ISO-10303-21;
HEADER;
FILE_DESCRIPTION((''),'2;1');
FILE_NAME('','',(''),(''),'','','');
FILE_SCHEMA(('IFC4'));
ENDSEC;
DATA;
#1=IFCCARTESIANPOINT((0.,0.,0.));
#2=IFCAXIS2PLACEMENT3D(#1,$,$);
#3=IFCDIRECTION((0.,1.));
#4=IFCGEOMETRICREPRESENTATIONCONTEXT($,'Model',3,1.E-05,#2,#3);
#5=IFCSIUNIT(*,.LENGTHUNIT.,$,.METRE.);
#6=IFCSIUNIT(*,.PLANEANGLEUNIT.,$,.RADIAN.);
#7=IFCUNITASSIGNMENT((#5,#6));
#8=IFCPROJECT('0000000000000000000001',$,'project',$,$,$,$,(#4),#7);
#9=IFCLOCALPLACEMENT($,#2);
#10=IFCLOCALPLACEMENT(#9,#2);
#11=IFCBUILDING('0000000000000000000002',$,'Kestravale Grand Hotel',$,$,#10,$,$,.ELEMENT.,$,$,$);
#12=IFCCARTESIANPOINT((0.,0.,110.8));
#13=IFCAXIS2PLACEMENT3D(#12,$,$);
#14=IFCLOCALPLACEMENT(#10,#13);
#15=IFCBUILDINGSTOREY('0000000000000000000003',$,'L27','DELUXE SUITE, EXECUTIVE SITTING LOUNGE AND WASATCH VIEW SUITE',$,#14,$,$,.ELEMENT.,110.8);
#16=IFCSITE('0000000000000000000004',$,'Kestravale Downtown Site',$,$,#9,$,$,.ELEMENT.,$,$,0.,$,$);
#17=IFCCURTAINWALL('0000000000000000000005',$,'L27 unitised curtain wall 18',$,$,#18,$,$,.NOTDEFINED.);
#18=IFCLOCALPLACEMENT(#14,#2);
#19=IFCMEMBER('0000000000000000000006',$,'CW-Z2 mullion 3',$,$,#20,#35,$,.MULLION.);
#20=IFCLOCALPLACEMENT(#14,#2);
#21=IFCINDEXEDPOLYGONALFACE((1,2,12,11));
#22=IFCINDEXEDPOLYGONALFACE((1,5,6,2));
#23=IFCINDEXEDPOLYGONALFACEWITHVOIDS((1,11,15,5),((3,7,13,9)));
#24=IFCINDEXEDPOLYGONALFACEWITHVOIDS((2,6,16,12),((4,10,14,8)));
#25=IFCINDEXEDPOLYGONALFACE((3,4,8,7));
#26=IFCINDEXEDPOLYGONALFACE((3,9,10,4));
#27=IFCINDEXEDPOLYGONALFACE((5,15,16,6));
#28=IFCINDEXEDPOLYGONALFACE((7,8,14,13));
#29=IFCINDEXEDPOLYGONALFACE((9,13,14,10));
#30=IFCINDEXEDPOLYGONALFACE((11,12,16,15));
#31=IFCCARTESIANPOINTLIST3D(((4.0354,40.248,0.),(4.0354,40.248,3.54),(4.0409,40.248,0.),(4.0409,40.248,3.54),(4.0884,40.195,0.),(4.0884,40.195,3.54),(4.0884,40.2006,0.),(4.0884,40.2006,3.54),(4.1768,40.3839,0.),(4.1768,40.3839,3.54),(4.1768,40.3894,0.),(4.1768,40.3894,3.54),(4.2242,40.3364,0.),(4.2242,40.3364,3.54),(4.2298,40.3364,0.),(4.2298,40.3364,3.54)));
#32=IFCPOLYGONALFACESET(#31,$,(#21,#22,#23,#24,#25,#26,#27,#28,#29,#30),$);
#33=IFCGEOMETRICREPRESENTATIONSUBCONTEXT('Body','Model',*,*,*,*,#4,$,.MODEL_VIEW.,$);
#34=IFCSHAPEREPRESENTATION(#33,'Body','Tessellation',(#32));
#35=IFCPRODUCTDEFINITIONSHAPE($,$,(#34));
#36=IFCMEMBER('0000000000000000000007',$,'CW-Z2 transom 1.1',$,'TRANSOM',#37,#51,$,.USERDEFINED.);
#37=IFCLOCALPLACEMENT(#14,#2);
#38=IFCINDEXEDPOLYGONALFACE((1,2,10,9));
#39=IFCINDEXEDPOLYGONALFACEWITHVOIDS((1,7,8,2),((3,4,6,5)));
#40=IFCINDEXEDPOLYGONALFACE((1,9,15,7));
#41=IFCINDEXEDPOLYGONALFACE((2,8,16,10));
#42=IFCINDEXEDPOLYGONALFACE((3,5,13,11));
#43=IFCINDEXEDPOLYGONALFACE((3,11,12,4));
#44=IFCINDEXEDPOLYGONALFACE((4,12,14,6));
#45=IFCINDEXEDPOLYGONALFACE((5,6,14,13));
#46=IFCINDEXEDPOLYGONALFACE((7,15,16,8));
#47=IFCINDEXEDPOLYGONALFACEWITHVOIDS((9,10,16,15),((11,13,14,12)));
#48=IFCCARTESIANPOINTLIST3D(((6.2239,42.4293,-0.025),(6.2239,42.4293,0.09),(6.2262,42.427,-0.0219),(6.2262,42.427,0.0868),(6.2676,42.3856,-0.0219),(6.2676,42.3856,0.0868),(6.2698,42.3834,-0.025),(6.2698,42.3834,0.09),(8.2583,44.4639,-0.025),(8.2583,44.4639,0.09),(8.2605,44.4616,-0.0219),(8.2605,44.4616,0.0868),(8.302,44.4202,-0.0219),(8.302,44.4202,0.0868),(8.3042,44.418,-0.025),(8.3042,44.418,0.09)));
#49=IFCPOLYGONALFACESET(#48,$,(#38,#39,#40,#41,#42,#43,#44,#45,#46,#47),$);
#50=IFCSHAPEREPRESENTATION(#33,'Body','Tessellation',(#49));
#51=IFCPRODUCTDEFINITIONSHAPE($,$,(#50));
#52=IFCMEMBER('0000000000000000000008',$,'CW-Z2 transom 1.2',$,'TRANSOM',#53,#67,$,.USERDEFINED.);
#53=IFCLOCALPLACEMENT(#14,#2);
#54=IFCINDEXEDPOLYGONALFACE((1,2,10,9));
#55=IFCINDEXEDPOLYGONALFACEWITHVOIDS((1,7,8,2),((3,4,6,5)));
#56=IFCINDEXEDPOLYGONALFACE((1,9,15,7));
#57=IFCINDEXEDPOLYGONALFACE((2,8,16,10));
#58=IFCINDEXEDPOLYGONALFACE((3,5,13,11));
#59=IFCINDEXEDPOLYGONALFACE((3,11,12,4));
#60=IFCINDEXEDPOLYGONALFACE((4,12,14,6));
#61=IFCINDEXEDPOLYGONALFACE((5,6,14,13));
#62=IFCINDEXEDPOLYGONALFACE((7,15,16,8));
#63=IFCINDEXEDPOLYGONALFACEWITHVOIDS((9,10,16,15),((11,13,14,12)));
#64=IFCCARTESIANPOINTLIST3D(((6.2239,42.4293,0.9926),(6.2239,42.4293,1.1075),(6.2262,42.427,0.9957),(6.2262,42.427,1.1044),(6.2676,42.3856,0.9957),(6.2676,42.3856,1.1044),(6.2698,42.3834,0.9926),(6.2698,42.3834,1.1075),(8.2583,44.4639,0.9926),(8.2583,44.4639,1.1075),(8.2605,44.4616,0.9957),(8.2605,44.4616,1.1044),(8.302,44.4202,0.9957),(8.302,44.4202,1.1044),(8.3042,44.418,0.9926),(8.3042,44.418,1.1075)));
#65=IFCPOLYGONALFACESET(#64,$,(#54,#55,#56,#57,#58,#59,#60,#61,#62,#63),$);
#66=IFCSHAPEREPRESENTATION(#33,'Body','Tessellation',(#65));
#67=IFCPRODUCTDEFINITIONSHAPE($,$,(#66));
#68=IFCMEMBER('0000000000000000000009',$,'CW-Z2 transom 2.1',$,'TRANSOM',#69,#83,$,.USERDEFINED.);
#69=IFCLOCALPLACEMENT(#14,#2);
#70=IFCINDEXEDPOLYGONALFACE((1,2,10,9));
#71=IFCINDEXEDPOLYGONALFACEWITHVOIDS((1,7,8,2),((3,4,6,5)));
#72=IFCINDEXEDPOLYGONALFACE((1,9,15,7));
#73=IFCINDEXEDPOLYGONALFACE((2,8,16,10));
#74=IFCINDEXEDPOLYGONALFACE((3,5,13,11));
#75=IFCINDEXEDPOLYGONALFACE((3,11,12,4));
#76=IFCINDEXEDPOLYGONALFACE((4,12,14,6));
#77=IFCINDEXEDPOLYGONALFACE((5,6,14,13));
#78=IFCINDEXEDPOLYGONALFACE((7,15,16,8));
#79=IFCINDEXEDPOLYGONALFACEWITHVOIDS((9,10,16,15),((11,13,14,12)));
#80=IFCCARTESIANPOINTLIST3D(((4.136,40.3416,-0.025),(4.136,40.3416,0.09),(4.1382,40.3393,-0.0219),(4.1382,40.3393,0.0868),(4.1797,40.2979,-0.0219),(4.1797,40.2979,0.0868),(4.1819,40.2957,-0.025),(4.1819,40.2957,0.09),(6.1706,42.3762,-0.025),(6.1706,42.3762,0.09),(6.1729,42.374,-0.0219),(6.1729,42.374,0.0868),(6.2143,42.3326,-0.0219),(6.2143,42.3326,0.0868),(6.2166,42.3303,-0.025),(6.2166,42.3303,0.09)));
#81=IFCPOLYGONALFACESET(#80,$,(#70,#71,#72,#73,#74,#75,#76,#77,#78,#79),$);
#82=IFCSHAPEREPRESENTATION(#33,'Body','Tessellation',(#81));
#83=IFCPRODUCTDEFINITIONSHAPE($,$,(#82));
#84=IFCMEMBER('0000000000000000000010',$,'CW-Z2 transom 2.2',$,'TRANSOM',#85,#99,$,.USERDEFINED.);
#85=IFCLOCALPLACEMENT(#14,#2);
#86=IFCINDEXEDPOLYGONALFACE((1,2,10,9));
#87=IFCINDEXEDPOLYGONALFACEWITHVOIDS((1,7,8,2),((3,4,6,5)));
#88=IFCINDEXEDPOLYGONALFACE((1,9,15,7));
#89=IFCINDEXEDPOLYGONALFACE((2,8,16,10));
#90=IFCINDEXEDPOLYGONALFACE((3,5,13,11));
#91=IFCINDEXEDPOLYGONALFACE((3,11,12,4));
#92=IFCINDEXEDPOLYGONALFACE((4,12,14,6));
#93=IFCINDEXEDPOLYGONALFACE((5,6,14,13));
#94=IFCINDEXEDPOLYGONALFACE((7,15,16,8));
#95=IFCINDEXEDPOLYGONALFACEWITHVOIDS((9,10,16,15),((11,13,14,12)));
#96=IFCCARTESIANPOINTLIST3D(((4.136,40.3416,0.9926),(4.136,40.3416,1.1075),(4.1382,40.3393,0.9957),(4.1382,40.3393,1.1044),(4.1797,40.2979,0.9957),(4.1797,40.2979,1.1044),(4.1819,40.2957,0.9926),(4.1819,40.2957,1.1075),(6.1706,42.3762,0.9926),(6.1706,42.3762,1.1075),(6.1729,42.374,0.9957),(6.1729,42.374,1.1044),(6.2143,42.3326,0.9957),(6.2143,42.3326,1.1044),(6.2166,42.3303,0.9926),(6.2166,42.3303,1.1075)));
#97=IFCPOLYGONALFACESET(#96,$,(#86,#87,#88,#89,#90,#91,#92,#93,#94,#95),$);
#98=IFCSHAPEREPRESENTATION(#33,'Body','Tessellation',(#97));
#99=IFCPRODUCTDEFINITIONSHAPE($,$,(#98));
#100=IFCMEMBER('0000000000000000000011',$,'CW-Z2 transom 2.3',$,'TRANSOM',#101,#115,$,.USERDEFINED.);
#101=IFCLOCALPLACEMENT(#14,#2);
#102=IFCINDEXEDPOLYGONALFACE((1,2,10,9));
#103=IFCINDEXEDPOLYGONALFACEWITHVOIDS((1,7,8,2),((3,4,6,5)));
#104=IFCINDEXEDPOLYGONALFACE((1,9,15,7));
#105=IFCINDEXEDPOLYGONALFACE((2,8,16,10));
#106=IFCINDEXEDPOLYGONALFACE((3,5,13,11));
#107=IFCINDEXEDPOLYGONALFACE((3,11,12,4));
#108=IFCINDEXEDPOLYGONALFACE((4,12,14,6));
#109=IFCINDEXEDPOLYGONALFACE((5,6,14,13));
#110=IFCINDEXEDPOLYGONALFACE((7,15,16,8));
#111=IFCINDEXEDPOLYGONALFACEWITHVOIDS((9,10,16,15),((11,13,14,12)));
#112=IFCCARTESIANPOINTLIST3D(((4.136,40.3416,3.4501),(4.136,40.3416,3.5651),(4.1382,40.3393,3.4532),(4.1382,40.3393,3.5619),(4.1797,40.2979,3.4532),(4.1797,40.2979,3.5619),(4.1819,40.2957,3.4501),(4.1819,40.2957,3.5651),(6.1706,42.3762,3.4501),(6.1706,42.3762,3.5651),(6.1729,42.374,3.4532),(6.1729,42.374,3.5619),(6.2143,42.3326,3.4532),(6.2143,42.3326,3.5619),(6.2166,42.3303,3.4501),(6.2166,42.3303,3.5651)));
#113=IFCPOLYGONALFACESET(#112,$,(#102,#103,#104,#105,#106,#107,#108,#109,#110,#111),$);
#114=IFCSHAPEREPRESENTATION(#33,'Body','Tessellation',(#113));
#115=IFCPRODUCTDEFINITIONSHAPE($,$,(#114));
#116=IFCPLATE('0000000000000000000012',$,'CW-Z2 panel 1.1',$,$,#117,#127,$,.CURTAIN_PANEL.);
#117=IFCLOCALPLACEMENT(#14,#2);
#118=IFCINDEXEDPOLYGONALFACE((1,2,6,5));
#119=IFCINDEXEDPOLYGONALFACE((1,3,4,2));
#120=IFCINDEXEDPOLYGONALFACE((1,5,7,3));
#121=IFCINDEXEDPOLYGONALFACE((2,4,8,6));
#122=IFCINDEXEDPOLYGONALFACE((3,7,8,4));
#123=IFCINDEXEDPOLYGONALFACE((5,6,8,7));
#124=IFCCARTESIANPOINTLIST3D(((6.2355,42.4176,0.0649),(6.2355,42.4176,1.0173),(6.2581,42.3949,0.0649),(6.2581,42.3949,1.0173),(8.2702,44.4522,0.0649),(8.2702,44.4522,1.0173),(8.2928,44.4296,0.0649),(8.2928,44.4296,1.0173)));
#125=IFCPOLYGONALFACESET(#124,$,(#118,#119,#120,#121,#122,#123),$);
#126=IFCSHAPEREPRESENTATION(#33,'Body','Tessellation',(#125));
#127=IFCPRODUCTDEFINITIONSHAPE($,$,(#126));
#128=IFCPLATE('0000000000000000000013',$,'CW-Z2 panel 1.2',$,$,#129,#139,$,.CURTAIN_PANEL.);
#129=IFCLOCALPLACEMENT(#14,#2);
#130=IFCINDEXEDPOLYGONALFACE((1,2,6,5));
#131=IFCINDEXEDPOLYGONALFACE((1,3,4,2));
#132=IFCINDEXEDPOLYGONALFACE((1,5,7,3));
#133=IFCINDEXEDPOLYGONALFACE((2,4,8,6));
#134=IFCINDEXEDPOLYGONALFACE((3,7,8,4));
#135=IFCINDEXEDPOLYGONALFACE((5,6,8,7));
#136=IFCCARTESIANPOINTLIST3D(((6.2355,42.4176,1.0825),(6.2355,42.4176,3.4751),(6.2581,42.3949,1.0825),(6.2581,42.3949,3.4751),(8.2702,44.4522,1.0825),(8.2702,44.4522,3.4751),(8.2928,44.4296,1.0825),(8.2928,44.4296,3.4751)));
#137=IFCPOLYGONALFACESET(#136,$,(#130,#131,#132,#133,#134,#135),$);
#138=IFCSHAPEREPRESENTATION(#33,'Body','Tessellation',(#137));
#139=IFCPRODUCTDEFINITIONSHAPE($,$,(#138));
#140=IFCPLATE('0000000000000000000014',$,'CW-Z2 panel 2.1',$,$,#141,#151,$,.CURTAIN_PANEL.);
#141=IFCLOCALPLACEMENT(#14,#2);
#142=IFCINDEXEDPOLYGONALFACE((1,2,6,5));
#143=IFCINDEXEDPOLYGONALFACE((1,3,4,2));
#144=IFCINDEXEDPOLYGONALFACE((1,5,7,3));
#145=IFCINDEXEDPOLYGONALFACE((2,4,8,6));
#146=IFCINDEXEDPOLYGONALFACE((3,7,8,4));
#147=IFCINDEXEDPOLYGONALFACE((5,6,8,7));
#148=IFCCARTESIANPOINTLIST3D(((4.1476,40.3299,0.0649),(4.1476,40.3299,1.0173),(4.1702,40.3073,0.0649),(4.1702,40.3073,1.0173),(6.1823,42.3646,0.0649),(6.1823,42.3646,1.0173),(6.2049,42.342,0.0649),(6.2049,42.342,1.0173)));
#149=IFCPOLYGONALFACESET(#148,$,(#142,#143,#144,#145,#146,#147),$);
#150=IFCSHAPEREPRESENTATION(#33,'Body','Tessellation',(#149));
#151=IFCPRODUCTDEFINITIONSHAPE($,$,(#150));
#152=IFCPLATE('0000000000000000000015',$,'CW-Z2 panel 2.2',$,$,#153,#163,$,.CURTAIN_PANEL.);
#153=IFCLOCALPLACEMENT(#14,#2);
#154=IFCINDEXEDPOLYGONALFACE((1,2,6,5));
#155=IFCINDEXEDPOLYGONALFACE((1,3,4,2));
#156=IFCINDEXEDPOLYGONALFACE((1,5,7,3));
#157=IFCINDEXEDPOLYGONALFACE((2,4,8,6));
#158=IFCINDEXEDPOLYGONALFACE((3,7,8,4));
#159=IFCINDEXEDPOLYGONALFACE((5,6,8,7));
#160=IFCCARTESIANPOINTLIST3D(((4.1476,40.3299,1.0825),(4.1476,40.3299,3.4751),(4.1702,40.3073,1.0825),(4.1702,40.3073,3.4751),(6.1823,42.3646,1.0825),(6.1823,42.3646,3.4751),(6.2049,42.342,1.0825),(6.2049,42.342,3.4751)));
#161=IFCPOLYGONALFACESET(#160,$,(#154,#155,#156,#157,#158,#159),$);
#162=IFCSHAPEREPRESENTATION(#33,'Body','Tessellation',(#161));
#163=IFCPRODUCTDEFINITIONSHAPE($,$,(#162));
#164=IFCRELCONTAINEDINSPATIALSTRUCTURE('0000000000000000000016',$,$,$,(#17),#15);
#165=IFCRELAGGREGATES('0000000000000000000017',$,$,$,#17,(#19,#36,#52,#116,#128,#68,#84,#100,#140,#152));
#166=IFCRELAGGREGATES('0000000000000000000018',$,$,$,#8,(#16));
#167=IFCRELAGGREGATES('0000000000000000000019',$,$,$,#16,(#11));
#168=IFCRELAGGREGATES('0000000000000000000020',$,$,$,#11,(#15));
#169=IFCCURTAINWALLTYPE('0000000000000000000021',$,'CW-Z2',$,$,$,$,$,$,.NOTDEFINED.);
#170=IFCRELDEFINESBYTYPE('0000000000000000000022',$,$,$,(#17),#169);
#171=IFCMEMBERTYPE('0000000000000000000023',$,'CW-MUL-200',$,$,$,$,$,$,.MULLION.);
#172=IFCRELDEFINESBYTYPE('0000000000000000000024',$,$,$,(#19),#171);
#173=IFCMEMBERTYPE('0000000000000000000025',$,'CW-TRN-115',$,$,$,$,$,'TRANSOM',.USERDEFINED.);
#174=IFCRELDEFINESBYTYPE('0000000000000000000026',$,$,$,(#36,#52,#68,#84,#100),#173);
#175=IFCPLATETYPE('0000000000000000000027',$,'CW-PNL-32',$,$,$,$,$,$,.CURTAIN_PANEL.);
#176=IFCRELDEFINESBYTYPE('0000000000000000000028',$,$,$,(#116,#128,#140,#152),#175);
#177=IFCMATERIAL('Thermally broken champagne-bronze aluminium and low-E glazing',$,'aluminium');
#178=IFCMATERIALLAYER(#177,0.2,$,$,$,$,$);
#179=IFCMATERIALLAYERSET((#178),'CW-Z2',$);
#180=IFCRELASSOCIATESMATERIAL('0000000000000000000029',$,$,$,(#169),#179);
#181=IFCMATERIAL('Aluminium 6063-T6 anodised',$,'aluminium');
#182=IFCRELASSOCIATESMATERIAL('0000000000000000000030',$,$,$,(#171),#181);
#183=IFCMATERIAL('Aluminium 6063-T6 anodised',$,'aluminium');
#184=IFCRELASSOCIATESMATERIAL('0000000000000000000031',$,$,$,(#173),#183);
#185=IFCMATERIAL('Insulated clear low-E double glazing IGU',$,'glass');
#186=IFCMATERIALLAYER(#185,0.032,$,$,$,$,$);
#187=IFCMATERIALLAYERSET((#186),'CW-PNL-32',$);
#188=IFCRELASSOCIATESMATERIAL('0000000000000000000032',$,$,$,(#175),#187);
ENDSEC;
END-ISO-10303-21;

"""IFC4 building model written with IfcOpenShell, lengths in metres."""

from ifc_helpers import new_model, si_unit, direction, frame, origin, origin_2d, place, context, subcontext, project, spatial, rectangle, hollow_rectangle, extrude, material, layer, layer_set, material_profile, profile_set, type_object, element, aggregate, save


model = new_model("IFC4")

# Units and contexts
model_context = context("Model", 3, precision=1e-05, world=origin(), true_north=direction((0.0, 1.0)))
body_context = subcontext(model_context, "Body", "Model", "MODEL_VIEW")
ifc_project = project(units=[si_unit("LENGTHUNIT", "METRE"), si_unit("PLANEANGLEUNIT", "RADIAN")], contexts=[model_context])

# Site, building, storey
site_placement = place(None, origin())
site = spatial("IfcSite", under=ifc_project, at=site_placement, Name="Kestravale Downtown Site", CompositionType="ELEMENT", RefElevation=0.0)
building_placement = place(site_placement, origin())
building = spatial("IfcBuilding", under=site, at=building_placement, Name="Kestravale Grand Hotel", CompositionType="ELEMENT")
storey_placement = place(building_placement, frame((0.0, 0.0, 110.8)))
storey = spatial("IfcBuildingStorey", under=building, at=storey_placement, Name="L27", Description="DELUXE SUITE, EXECUTIVE SITTING LOUNGE AND WASATCH VIEW SUITE", CompositionType="ELEMENT", Elevation=110.8)

# Curtain wall, members, plates
ifc_material_1 = material(Name="Thermally broken champagne-bronze aluminium and low-E glazing", Category="aluminium")
ifc_layer_1 = layer(ifc_material_1, 0.2)
ifc_layer_set_1 = layer_set([ifc_layer_1], Name="CW-Z2")
curtain_wall_type = type_object("IfcCurtainWallType", Name="CW-Z2", PredefinedType="NOTDEFINED", material=ifc_layer_set_1)
curtain_wall_placement = place(storey_placement, origin())
curtain_wall = element("IfcCurtainWall", 1, at=curtain_wall_placement, inside=storey, type_object=curtain_wall_type, Name="L27 unitised curtain wall 18", PredefinedType="NOTDEFINED")
ifc_material_2 = material(Name="Aluminium 6063-T6 anodised", Category="aluminium")
ifc_material_profile_1 = material_profile(ifc_material_2, hollow_rectangle(XDim=0.075, YDim=0.2, WallThickness=0.0039, at=origin_2d()))
ifc_profile_set_1 = profile_set([ifc_material_profile_1], Name="Aluminium 6063-T6 anodised")
member_type_1 = type_object("IfcMemberType", Name="CW-MUL-200", PredefinedType="MULLION", material=ifc_profile_set_1)
member_1_placement = place(storey_placement, frame((4.1326, 40.2922, 0.0), z_axis=(0.0, 0.0, 1.0), x_axis=(0.707107, -0.707107, 0.0)))
member_1 = element("IfcMember", 2, at=member_1_placement, type_object=member_type_1, Name="CW-Z2 mullion 3", PredefinedType="MULLION", context=body_context, shape_type="SweptSolid", body=[
    extrude(hollow_rectangle(XDim=0.075, YDim=0.2, WallThickness=0.0039, at=origin_2d()), origin(), (0.0, 0.0, 1.0), 3.54),
])
ifc_material_3 = material(Name="Aluminium 6063-T6 anodised", Category="aluminium")
ifc_material_profile_2 = material_profile(ifc_material_3, hollow_rectangle(XDim=0.0649, YDim=0.115, WallThickness=0.0032, at=origin_2d()))
ifc_profile_set_2 = profile_set([ifc_material_profile_2], Name="Aluminium 6063-T6 anodised")
member_type_2 = type_object("IfcMemberType", Name="CW-TRN-115", ElementType="TRANSOM", PredefinedType="USERDEFINED", material=ifc_profile_set_2)
member_2_placement = place(storey_placement, frame((8.2812, 44.4409, 0.0325), z_axis=(-0.707064, -0.707149, 0.0), x_axis=(0.707149, -0.707064, 0.0)))
member_2 = element("IfcMember", 3, at=member_2_placement, type_object=member_type_2, Name="CW-Z2 transom 1.1", ObjectType="TRANSOM", PredefinedType="USERDEFINED", context=body_context, shape_type="SweptSolid", body=[
    extrude(hollow_rectangle(XDim=0.0649, YDim=0.115, WallThickness=0.0032, at=origin_2d()), origin(), (0.0, 0.0, 1.0), 2.8772),
])
member_3_placement = place(storey_placement, frame((8.2812, 44.4409, 1.05), z_axis=(-0.707064, -0.707149, 0.0), x_axis=(0.707149, -0.707064, 0.0)))
member_3 = element("IfcMember", 4, at=member_3_placement, type_object=member_type_2, Name="CW-Z2 transom 1.2", ObjectType="TRANSOM", PredefinedType="USERDEFINED", context=body_context, shape_type="SweptSolid", body=[
    extrude(hollow_rectangle(XDim=0.0649, YDim=0.115, WallThickness=0.0032, at=origin_2d()), origin(), (0.0, 0.0, 1.0), 2.8772),
])
member_4_placement = place(storey_placement, frame((6.1936, 42.3533, 0.0325), z_axis=(-0.707107, -0.707107, 0.0), x_axis=(0.707107, -0.707107, 0.0)))
member_4 = element("IfcMember", 5, at=member_4_placement, type_object=member_type_2, Name="CW-Z2 transom 2.1", ObjectType="TRANSOM", PredefinedType="USERDEFINED", context=body_context, shape_type="SweptSolid", body=[
    extrude(hollow_rectangle(XDim=0.0649, YDim=0.115, WallThickness=0.0032, at=origin_2d()), origin(), (0.0, 0.0, 1.0), 2.8774),
])
member_5_placement = place(storey_placement, frame((6.1936, 42.3533, 1.05), z_axis=(-0.707107, -0.707107, 0.0), x_axis=(0.707107, -0.707107, 0.0)))
member_5 = element("IfcMember", 6, at=member_5_placement, type_object=member_type_2, Name="CW-Z2 transom 2.2", ObjectType="TRANSOM", PredefinedType="USERDEFINED", context=body_context, shape_type="SweptSolid", body=[
    extrude(hollow_rectangle(XDim=0.0649, YDim=0.115, WallThickness=0.0032, at=origin_2d()), origin(), (0.0, 0.0, 1.0), 2.8774),
])
member_6_placement = place(storey_placement, frame((6.1936, 42.3533, 3.5076), z_axis=(-0.707107, -0.707107, 0.0), x_axis=(0.707107, -0.707107, 0.0)))
member_6 = element("IfcMember", 7, at=member_6_placement, type_object=member_type_2, Name="CW-Z2 transom 2.3", ObjectType="TRANSOM", PredefinedType="USERDEFINED", context=body_context, shape_type="SweptSolid", body=[
    extrude(hollow_rectangle(XDim=0.0649, YDim=0.115, WallThickness=0.0032, at=origin_2d()), origin(), (0.0, 0.0, 1.0), 2.8774),
])
ifc_material_4 = material(Name="Insulated clear low-E double glazing IGU", Category="glass")
ifc_layer_2 = layer(ifc_material_4, 0.032)
ifc_layer_set_2 = layer_set([ifc_layer_2], Name="CW-PNL-32")
plate_type = type_object("IfcPlateType", Name="CW-PNL-32", PredefinedType="CURTAIN_PANEL", material=ifc_layer_set_2)
plate_1_placement = place(storey_placement, frame((7.2642, 43.4236, 0.0649), z_axis=(0.0, 0.0, 1.0), x_axis=(-0.707107, -0.707107, 0.0)))
plate_1 = element("IfcPlate", 8, at=plate_1_placement, type_object=plate_type, Name="CW-Z2 panel 1.1", PredefinedType="CURTAIN_PANEL", context=body_context, shape_type="SweptSolid", body=[
    extrude(rectangle(XDim=2.8774, YDim=0.032, at=origin_2d()), origin(), (0.0, 0.0, 1.0), 0.9524),
])
plate_2_placement = place(storey_placement, frame((7.2642, 43.4236, 1.0825), z_axis=(0.0, 0.0, 1.0), x_axis=(-0.707107, -0.707107, 0.0)))
plate_2 = element("IfcPlate", 9, at=plate_2_placement, type_object=plate_type, Name="CW-Z2 panel 1.2", PredefinedType="CURTAIN_PANEL", context=body_context, shape_type="SweptSolid", body=[
    extrude(rectangle(XDim=2.8774, YDim=0.032, at=origin_2d()), origin(), (0.0, 0.0, 1.0), 2.3926),
])
plate_3_placement = place(storey_placement, frame((5.1763, 41.3359, 0.0649), z_axis=(0.0, 0.0, 1.0), x_axis=(-0.707107, -0.707107, 0.0)))
plate_3 = element("IfcPlate", 10, at=plate_3_placement, type_object=plate_type, Name="CW-Z2 panel 2.1", PredefinedType="CURTAIN_PANEL", context=body_context, shape_type="SweptSolid", body=[
    extrude(rectangle(XDim=2.8774, YDim=0.032, at=origin_2d()), origin(), (0.0, 0.0, 1.0), 0.9524),
])
plate_4_placement = place(storey_placement, frame((5.1763, 41.3359, 1.0825), z_axis=(0.0, 0.0, 1.0), x_axis=(-0.707107, -0.707107, 0.0)))
plate_4 = element("IfcPlate", 11, at=plate_4_placement, type_object=plate_type, Name="CW-Z2 panel 2.2", PredefinedType="CURTAIN_PANEL", context=body_context, shape_type="SweptSolid", body=[
    extrude(rectangle(XDim=2.8774, YDim=0.032, at=origin_2d()), origin(), (0.0, 0.0, 1.0), 2.3926),
])
aggregate(curtain_wall, [member_1, member_2, member_3, plate_1, plate_2, member_4, member_5, member_6, plate_3, plate_4])

save(model, "model.ifc")
